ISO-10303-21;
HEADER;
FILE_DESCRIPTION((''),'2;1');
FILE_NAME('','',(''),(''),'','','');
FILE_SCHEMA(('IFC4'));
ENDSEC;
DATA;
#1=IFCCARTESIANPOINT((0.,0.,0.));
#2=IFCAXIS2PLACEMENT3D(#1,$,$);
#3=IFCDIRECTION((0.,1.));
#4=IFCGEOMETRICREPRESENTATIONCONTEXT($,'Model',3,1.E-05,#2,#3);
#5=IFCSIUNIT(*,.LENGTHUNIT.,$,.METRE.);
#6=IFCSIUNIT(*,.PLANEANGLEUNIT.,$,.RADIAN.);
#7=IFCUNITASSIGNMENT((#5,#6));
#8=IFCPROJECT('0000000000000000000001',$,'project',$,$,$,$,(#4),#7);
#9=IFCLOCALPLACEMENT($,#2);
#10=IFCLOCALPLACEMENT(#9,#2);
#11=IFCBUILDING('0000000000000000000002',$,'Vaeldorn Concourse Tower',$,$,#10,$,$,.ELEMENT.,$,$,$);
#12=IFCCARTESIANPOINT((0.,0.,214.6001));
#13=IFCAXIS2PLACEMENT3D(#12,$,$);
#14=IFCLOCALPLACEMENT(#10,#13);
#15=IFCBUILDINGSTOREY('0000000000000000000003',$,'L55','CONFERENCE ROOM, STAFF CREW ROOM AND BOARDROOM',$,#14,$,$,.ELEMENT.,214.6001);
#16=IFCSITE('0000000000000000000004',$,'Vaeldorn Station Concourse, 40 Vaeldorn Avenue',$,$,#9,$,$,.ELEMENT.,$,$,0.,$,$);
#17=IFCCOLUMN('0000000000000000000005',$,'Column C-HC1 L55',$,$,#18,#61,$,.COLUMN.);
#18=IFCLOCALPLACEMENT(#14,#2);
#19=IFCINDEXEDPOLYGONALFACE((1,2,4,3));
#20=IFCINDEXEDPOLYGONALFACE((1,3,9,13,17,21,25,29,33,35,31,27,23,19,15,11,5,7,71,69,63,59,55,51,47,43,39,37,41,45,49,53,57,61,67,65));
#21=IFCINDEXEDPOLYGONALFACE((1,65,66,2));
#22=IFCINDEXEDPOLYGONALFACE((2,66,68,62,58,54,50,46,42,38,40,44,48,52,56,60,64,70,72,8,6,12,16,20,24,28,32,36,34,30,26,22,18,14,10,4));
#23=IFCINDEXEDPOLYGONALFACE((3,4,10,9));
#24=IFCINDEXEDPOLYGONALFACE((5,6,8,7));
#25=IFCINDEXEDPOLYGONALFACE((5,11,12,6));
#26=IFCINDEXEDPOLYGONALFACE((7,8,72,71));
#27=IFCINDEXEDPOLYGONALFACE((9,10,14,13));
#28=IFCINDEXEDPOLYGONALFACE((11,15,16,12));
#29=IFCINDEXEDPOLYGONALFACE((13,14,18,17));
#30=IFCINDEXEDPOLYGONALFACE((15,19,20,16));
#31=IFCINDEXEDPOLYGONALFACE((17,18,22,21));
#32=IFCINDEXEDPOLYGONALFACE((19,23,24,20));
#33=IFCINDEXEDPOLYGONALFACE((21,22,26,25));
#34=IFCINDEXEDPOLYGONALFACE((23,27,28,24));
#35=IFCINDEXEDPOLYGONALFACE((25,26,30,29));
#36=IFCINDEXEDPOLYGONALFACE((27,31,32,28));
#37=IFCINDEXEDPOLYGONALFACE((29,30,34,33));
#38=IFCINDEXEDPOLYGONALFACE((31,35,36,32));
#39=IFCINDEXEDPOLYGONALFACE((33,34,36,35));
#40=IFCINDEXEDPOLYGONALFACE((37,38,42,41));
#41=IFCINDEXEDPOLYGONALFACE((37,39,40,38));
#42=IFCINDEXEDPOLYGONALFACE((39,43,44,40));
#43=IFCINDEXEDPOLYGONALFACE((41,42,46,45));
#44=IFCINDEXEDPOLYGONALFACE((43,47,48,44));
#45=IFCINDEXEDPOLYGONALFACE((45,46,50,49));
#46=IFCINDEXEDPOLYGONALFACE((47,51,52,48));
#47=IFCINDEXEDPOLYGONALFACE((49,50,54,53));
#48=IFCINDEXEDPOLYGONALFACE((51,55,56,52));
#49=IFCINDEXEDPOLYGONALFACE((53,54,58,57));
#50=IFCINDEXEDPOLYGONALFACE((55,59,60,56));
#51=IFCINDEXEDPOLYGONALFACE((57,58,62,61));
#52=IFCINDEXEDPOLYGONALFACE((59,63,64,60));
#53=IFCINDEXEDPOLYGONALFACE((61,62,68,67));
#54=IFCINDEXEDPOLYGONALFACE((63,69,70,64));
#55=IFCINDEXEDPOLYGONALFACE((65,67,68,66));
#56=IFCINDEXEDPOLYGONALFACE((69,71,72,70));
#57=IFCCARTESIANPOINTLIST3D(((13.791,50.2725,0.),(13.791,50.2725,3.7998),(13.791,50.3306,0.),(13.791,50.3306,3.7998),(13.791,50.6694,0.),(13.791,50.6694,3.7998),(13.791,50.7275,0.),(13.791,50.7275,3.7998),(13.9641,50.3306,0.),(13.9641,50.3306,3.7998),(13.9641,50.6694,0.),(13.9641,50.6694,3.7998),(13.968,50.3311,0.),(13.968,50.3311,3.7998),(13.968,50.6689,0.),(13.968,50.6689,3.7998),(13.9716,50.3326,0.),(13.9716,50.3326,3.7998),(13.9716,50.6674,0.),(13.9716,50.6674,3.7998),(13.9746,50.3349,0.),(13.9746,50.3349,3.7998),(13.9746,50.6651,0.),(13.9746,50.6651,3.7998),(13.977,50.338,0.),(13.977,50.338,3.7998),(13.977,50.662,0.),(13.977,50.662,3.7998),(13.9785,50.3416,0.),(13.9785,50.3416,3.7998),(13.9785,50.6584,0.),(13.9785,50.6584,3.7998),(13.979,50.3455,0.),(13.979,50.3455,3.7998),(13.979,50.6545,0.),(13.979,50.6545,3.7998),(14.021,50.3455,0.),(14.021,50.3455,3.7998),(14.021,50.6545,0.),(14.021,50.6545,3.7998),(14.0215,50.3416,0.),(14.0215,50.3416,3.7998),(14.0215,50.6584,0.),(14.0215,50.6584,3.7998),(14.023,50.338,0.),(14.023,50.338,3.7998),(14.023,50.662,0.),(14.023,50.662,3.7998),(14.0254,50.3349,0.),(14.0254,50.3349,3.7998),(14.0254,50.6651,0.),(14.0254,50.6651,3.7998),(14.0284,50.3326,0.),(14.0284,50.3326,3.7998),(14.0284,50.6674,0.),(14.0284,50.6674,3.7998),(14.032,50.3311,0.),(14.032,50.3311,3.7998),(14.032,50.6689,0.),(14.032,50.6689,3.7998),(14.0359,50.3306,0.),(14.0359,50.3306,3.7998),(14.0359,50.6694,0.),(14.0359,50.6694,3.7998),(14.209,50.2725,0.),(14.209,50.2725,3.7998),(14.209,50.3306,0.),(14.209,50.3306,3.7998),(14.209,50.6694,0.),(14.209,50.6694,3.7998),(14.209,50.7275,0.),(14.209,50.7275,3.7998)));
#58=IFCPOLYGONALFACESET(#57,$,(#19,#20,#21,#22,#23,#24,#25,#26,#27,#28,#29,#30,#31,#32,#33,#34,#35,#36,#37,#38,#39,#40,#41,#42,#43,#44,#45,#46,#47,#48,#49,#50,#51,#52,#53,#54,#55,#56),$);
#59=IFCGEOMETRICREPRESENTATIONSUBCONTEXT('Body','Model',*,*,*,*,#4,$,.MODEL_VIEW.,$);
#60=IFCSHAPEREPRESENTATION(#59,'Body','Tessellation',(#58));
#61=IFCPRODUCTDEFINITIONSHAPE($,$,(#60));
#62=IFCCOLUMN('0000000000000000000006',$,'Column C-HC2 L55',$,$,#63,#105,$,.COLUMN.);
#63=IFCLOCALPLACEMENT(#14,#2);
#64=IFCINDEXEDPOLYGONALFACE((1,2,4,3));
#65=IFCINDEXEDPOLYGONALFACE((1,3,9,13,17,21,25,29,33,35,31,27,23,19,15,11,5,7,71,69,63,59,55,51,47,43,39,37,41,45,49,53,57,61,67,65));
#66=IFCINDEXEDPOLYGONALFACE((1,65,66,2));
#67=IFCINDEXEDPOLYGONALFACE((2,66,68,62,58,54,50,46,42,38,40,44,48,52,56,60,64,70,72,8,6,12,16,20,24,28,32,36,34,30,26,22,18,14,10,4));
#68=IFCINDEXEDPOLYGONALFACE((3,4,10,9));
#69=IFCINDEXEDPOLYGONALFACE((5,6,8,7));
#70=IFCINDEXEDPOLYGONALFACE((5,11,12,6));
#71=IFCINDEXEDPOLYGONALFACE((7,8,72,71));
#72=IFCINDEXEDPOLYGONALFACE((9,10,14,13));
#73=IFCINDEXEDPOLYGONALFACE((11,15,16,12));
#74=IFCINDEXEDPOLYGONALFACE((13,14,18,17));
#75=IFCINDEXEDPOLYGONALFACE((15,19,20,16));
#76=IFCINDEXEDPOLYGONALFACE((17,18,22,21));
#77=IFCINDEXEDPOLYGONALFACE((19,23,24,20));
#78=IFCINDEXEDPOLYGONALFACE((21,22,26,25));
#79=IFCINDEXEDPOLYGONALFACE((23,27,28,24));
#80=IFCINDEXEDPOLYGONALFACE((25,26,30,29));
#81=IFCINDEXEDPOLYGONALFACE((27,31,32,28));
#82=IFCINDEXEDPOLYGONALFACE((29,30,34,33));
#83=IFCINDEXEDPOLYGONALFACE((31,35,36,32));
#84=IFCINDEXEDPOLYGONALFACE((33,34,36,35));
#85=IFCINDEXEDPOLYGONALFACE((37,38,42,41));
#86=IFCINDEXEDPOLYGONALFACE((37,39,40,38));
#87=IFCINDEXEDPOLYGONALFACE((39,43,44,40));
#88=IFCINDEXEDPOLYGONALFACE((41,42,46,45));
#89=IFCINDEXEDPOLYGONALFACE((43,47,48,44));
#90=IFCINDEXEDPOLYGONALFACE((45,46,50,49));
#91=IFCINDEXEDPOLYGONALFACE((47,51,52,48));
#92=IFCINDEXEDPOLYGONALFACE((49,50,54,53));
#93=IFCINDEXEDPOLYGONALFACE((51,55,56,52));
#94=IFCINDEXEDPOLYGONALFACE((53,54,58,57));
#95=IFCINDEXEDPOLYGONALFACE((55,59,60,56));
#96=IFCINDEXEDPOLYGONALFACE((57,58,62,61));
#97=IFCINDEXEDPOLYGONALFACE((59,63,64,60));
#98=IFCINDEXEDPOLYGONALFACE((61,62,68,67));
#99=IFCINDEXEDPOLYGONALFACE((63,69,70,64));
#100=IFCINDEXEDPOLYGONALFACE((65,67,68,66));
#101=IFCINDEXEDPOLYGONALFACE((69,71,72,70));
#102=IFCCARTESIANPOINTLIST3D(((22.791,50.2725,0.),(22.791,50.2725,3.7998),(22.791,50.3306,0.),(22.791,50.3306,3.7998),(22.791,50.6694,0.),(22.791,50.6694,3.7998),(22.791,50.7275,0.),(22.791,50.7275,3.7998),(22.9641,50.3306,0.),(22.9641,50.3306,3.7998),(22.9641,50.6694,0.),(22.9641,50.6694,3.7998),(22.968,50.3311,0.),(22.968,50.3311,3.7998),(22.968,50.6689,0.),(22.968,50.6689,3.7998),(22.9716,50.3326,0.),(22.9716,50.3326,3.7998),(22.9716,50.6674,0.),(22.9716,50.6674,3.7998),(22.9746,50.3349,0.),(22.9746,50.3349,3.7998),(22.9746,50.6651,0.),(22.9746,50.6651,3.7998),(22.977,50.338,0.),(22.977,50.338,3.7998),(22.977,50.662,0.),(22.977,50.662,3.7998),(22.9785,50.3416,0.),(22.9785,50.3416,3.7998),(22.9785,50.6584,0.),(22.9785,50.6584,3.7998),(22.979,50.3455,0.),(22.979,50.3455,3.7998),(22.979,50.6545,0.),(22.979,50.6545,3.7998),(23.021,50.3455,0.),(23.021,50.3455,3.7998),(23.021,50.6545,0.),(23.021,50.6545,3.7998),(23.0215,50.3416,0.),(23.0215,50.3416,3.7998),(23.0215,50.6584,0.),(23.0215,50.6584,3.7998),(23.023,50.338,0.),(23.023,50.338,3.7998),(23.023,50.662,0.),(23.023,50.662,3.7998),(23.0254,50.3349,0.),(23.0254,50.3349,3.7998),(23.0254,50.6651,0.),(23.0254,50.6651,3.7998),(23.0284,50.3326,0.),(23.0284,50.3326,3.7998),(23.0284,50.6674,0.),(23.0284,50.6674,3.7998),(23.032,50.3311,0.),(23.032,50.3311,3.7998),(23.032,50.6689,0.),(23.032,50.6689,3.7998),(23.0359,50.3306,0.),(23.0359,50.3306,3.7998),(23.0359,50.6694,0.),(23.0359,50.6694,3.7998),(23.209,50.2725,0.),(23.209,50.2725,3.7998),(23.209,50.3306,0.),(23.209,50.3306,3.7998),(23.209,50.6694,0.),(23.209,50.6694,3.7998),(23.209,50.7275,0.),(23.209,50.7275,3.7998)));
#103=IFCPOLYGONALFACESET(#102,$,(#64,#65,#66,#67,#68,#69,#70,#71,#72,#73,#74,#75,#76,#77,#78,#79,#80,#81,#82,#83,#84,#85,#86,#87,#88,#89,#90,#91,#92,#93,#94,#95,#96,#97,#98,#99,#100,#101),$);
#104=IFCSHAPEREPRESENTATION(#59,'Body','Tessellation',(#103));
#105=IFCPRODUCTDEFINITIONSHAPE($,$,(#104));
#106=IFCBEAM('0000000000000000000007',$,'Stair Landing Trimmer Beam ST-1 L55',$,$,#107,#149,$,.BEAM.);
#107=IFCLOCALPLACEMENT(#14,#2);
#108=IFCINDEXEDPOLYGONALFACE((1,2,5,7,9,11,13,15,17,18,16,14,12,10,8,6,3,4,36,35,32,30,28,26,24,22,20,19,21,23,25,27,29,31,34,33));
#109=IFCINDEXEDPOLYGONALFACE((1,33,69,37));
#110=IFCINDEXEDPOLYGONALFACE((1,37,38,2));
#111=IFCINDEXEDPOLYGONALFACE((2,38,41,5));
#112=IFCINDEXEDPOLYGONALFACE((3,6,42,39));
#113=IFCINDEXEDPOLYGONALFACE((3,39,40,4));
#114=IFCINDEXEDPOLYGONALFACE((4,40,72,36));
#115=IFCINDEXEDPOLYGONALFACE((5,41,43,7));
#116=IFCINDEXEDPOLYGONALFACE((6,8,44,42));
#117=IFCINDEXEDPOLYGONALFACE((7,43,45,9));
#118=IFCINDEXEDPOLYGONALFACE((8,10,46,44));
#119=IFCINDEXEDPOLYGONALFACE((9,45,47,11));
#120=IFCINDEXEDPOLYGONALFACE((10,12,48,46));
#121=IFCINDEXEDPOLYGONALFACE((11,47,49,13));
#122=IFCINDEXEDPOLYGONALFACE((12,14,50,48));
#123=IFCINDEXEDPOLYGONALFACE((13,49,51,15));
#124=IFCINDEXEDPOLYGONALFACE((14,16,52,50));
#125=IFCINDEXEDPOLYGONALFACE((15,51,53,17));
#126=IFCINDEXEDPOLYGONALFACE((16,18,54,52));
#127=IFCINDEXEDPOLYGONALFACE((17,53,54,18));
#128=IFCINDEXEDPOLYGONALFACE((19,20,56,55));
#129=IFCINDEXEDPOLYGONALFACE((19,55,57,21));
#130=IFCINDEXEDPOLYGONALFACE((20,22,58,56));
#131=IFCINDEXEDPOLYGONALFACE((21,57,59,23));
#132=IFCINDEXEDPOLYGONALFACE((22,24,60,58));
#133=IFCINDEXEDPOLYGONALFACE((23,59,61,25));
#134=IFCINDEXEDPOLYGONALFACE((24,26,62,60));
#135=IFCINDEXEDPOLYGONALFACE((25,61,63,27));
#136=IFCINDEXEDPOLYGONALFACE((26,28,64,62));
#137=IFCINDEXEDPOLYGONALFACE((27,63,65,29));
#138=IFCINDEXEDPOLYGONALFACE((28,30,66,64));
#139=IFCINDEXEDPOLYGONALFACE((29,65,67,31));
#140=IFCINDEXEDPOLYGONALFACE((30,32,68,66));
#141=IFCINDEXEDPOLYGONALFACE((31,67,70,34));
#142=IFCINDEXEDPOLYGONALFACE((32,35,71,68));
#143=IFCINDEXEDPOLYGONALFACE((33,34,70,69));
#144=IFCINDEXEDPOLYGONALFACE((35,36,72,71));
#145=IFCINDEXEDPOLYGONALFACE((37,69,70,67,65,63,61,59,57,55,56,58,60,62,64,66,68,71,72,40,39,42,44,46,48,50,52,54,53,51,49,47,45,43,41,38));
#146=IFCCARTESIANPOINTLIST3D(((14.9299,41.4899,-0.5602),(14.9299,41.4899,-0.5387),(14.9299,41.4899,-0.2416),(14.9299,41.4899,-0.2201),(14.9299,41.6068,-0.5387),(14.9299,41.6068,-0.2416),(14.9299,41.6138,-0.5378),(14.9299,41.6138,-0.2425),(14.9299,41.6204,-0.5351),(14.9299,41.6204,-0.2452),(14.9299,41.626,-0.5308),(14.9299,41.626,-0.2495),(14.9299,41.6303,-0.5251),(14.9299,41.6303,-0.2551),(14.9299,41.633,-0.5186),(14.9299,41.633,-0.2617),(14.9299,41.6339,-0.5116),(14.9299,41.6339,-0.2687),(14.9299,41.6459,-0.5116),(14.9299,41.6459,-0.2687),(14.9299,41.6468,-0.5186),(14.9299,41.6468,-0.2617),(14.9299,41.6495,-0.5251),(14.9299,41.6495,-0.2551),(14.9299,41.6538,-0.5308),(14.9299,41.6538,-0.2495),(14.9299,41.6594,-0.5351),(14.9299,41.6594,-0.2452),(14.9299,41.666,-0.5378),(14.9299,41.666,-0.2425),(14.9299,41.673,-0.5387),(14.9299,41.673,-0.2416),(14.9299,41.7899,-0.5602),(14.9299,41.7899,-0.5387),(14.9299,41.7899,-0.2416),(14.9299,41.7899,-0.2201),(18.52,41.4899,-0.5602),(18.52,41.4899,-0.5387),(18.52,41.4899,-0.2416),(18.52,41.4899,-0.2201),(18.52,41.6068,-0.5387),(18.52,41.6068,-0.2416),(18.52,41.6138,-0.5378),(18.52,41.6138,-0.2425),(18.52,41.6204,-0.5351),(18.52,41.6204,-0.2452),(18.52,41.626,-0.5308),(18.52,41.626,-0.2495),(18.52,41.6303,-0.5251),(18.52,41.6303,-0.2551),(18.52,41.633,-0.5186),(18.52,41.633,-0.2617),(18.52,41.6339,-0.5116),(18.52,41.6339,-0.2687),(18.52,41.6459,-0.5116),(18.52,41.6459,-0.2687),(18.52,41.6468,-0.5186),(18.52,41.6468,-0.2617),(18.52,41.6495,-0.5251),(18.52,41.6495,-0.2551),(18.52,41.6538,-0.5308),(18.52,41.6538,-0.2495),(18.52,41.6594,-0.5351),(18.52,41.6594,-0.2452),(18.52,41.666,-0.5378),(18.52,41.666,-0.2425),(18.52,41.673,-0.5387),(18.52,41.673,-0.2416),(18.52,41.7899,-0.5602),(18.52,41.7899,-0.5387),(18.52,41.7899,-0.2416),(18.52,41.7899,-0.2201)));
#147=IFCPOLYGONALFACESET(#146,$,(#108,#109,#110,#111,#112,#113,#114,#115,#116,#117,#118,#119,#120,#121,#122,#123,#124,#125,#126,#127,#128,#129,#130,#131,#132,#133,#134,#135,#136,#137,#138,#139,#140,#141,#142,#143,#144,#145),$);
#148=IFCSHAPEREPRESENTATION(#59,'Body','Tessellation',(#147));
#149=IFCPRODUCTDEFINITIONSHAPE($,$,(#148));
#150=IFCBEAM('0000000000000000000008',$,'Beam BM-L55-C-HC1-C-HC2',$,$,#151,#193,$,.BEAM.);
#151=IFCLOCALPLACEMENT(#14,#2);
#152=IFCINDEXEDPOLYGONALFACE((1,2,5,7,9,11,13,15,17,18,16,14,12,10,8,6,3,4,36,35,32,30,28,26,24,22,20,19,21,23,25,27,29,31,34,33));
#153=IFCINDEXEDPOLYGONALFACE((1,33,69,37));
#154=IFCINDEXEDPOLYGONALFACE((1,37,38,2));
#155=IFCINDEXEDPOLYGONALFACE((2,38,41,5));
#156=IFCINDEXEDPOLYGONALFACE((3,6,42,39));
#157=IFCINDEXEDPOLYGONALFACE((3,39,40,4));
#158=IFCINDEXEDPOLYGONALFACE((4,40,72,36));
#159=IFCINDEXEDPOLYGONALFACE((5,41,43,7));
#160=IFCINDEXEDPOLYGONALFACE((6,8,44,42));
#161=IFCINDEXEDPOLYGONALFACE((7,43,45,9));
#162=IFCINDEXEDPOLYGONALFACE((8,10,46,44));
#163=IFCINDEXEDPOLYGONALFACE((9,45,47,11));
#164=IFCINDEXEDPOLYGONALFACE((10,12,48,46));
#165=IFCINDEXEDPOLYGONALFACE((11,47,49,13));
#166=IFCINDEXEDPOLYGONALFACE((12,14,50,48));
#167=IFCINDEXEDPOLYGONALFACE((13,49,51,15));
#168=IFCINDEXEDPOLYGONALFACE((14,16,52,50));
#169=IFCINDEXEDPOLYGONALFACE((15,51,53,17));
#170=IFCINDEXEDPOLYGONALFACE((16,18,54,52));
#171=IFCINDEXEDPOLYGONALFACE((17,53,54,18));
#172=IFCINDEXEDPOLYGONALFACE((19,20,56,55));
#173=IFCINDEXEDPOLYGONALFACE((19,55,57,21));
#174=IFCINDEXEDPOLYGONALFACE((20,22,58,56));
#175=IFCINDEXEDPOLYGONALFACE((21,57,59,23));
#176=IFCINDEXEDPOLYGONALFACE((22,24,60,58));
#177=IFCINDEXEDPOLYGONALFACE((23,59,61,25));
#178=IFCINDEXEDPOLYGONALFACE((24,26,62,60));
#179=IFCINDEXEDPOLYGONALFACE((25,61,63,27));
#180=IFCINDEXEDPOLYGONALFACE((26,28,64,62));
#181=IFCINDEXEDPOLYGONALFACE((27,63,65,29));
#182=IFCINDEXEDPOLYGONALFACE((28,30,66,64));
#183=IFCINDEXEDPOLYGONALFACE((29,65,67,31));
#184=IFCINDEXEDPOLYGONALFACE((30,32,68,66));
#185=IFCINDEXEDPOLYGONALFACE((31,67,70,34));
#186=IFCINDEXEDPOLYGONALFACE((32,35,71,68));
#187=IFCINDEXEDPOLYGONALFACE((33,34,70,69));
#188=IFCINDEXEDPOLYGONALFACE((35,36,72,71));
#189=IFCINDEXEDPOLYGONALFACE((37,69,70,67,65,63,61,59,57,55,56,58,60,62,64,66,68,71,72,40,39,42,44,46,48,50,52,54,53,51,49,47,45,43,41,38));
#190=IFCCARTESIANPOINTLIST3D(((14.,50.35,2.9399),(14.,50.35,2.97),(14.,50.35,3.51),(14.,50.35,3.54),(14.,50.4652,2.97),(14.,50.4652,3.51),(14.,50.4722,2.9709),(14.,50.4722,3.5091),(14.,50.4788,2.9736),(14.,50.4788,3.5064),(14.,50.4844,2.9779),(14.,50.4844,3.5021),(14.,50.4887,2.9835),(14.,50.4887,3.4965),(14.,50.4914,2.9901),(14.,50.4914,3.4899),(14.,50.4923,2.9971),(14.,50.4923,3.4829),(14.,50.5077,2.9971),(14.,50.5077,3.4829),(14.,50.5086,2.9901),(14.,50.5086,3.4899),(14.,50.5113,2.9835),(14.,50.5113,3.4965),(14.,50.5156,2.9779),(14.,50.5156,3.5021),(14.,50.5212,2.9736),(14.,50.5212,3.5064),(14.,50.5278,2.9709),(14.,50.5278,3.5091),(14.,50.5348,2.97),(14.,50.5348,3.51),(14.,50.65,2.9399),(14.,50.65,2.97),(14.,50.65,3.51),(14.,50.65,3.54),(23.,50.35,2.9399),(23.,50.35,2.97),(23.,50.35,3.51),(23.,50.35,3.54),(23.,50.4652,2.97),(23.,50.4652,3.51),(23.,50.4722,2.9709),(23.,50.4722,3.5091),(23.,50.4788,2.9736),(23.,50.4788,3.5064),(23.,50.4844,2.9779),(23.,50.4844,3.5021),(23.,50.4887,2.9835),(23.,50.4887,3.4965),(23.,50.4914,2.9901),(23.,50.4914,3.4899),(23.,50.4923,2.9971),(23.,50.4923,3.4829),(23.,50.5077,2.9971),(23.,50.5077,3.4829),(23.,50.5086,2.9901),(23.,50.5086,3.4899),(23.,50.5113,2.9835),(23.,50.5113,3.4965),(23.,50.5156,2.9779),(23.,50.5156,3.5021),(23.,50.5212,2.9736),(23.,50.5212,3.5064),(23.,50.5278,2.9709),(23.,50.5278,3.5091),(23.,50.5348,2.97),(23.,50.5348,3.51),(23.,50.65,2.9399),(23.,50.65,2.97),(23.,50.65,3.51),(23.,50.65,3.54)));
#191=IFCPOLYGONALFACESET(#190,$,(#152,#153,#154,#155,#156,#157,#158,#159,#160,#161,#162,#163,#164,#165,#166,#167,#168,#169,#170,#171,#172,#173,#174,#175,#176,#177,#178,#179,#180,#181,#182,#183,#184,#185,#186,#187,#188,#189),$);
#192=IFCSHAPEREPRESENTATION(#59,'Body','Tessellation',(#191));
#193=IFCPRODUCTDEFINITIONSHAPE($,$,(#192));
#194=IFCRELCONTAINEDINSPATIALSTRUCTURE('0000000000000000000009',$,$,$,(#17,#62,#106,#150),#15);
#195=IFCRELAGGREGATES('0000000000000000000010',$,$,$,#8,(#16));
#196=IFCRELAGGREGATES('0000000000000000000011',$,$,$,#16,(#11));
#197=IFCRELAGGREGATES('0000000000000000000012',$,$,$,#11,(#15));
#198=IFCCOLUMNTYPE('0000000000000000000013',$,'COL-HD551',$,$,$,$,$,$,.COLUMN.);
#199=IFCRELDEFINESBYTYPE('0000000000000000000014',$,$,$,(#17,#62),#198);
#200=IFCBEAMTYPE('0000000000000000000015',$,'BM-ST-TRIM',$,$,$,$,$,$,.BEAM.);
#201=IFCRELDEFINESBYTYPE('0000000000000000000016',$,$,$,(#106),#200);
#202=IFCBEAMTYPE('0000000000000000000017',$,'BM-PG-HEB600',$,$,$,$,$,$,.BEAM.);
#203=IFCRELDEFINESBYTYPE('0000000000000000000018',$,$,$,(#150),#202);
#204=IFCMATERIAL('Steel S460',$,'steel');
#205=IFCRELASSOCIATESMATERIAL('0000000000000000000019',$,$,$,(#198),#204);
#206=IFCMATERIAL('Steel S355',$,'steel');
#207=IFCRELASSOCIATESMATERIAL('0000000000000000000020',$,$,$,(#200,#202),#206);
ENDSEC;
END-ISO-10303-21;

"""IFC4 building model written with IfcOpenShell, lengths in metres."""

from ifc_helpers import new_model, si_unit, direction, frame, origin, origin_2d, place, context, subcontext, project, spatial, i_section, extrude, source, transform, mapped, material, material_profile, profile_set, type_object, element, save


model = new_model("IFC4")

# Units and contexts
model_context = context("Model", 3, precision=1e-05, world=origin(), true_north=direction((0.0, 1.0)))
body_context = subcontext(model_context, "Body", "Model", "MODEL_VIEW")
ifc_project = project(units=[si_unit("LENGTHUNIT", "METRE"), si_unit("PLANEANGLEUNIT", "RADIAN")], contexts=[model_context])

# Site, building, storey
site_placement = place(None, origin())
site = spatial("IfcSite", under=ifc_project, at=site_placement, Name="Vaeldorn Station Concourse, 40 Vaeldorn Avenue", CompositionType="ELEMENT", RefElevation=0.0)
building_placement = place(site_placement, origin())
building = spatial("IfcBuilding", under=site, at=building_placement, Name="Vaeldorn Concourse Tower", CompositionType="ELEMENT")
storey_placement = place(building_placement, frame((0.0, 0.0, 214.6001)))
storey = spatial("IfcBuildingStorey", under=building, at=storey_placement, Name="L55", Description="CONFERENCE ROOM, STAFF CREW ROOM AND BOARDROOM", CompositionType="ELEMENT", Elevation=214.6001)

# Columns
ifc_material_1 = material(Name="Steel S460", Category="steel")
ifc_material_profile_1 = material_profile(ifc_material_1, i_section(OverallWidth=0.418, OverallDepth=0.4551, WebThickness=0.042, FlangeThickness=0.0581, FilletRadius=0.0149, at=origin_2d()), Name="HD 400x551")
ifc_profile_set_1 = profile_set([ifc_material_profile_1], Name="Steel S460")
column_type = type_object("IfcColumnType", Name="COL-HD551", PredefinedType="COLUMN", material=ifc_profile_set_1)
shared_shape_1 = source(origin(), body_context, "Body", "SweptSolid", [
    extrude(i_section(OverallWidth=0.418, OverallDepth=0.4551, WebThickness=0.042, FlangeThickness=0.0581, FilletRadius=0.0149, at=origin_2d()), origin(), (0.0, 0.0, 1.0), 3.7998),
])
for number, where, z_axis, x_axis, name in (
    (1, (14.0, 50.5, 0.0), (0.0, 0.0, 1.0), (1.0, 0.0, 0.0), "Column C-HC1 L55"),
    (2, (23.0, 50.5, 0.0), (0.0, 0.0, 1.0), (1.0, 0.0, 0.0), "Column C-HC2 L55"),
):
    element("IfcColumn", number, at=place(storey_placement, frame(where, z_axis=z_axis, x_axis=x_axis)), inside=storey, type_object=column_type, Name=name, PredefinedType="COLUMN", context=body_context, shape_type="MappedRepresentation", body=[
        mapped(shared_shape_1, transform((0.0, 0.0, 0.0), scale=1.0)),
    ])

# Beams
ifc_material_2 = material(Name="Steel S355", Category="steel")
ifc_material_profile_2 = material_profile(ifc_material_2, i_section(OverallWidth=0.3, OverallDepth=0.3401, WebThickness=0.012, FlangeThickness=0.0215, FilletRadius=0.0271, at=origin_2d()), Name="HEB 340")
ifc_profile_set_2 = profile_set([ifc_material_profile_2], Name="Steel S355")
beam_type_1 = type_object("IfcBeamType", Name="BM-ST-TRIM", PredefinedType="BEAM", material=ifc_profile_set_2)
shared_shape_2 = source(origin(), body_context, "Body", "SweptSolid", [
    extrude(i_section(OverallWidth=0.3, OverallDepth=0.3401, WebThickness=0.012, FlangeThickness=0.0215, FilletRadius=0.0271, at=origin_2d()), origin(), (0.0, 0.0, 1.0), 3.5901),
])
beam_1_placement = place(storey_placement, frame((14.9299, 41.6399, -0.3901), z_axis=(1.0, 0.0, 0.0), x_axis=(0.0, 1.0, 0.0)))
element("IfcBeam", 3, at=beam_1_placement, inside=storey, type_object=beam_type_1, Name="Stair Landing Trimmer Beam ST-1 L55", PredefinedType="BEAM", context=body_context, shape_type="MappedRepresentation", body=[
    mapped(shared_shape_2, transform((0.0, 0.0, 0.0), scale=1.0)),
])
ifc_material_profile_3 = material_profile(ifc_material_2, i_section(OverallWidth=0.3, OverallDepth=0.6001, WebThickness=0.0154, FlangeThickness=0.03, FilletRadius=0.0271, at=origin_2d()), Name="HEB 600")
ifc_profile_set_3 = profile_set([ifc_material_profile_3], Name="Steel S355")
beam_type_2 = type_object("IfcBeamType", Name="BM-PG-HEB600", PredefinedType="BEAM", material=ifc_profile_set_3)
shared_shape_3 = source(origin(), body_context, "Body", "SweptSolid", [
    extrude(i_section(OverallWidth=0.3, OverallDepth=0.6001, WebThickness=0.0154, FlangeThickness=0.03, FilletRadius=0.0271, at=origin_2d()), origin(), (0.0, 0.0, 1.0), 9.0),
])
beam_2_placement = place(storey_placement, frame((14.0, 50.5, 3.24), z_axis=(1.0, 0.0, 0.0), x_axis=(0.0, 1.0, 0.0)))
element("IfcBeam", 4, at=beam_2_placement, inside=storey, type_object=beam_type_2, Name="Beam BM-L55-C-HC1-C-HC2", PredefinedType="BEAM", context=body_context, shape_type="MappedRepresentation", body=[
    mapped(shared_shape_3, transform((0.0, 0.0, 0.0), scale=1.0)),
])

save(model, "model.ifc")
